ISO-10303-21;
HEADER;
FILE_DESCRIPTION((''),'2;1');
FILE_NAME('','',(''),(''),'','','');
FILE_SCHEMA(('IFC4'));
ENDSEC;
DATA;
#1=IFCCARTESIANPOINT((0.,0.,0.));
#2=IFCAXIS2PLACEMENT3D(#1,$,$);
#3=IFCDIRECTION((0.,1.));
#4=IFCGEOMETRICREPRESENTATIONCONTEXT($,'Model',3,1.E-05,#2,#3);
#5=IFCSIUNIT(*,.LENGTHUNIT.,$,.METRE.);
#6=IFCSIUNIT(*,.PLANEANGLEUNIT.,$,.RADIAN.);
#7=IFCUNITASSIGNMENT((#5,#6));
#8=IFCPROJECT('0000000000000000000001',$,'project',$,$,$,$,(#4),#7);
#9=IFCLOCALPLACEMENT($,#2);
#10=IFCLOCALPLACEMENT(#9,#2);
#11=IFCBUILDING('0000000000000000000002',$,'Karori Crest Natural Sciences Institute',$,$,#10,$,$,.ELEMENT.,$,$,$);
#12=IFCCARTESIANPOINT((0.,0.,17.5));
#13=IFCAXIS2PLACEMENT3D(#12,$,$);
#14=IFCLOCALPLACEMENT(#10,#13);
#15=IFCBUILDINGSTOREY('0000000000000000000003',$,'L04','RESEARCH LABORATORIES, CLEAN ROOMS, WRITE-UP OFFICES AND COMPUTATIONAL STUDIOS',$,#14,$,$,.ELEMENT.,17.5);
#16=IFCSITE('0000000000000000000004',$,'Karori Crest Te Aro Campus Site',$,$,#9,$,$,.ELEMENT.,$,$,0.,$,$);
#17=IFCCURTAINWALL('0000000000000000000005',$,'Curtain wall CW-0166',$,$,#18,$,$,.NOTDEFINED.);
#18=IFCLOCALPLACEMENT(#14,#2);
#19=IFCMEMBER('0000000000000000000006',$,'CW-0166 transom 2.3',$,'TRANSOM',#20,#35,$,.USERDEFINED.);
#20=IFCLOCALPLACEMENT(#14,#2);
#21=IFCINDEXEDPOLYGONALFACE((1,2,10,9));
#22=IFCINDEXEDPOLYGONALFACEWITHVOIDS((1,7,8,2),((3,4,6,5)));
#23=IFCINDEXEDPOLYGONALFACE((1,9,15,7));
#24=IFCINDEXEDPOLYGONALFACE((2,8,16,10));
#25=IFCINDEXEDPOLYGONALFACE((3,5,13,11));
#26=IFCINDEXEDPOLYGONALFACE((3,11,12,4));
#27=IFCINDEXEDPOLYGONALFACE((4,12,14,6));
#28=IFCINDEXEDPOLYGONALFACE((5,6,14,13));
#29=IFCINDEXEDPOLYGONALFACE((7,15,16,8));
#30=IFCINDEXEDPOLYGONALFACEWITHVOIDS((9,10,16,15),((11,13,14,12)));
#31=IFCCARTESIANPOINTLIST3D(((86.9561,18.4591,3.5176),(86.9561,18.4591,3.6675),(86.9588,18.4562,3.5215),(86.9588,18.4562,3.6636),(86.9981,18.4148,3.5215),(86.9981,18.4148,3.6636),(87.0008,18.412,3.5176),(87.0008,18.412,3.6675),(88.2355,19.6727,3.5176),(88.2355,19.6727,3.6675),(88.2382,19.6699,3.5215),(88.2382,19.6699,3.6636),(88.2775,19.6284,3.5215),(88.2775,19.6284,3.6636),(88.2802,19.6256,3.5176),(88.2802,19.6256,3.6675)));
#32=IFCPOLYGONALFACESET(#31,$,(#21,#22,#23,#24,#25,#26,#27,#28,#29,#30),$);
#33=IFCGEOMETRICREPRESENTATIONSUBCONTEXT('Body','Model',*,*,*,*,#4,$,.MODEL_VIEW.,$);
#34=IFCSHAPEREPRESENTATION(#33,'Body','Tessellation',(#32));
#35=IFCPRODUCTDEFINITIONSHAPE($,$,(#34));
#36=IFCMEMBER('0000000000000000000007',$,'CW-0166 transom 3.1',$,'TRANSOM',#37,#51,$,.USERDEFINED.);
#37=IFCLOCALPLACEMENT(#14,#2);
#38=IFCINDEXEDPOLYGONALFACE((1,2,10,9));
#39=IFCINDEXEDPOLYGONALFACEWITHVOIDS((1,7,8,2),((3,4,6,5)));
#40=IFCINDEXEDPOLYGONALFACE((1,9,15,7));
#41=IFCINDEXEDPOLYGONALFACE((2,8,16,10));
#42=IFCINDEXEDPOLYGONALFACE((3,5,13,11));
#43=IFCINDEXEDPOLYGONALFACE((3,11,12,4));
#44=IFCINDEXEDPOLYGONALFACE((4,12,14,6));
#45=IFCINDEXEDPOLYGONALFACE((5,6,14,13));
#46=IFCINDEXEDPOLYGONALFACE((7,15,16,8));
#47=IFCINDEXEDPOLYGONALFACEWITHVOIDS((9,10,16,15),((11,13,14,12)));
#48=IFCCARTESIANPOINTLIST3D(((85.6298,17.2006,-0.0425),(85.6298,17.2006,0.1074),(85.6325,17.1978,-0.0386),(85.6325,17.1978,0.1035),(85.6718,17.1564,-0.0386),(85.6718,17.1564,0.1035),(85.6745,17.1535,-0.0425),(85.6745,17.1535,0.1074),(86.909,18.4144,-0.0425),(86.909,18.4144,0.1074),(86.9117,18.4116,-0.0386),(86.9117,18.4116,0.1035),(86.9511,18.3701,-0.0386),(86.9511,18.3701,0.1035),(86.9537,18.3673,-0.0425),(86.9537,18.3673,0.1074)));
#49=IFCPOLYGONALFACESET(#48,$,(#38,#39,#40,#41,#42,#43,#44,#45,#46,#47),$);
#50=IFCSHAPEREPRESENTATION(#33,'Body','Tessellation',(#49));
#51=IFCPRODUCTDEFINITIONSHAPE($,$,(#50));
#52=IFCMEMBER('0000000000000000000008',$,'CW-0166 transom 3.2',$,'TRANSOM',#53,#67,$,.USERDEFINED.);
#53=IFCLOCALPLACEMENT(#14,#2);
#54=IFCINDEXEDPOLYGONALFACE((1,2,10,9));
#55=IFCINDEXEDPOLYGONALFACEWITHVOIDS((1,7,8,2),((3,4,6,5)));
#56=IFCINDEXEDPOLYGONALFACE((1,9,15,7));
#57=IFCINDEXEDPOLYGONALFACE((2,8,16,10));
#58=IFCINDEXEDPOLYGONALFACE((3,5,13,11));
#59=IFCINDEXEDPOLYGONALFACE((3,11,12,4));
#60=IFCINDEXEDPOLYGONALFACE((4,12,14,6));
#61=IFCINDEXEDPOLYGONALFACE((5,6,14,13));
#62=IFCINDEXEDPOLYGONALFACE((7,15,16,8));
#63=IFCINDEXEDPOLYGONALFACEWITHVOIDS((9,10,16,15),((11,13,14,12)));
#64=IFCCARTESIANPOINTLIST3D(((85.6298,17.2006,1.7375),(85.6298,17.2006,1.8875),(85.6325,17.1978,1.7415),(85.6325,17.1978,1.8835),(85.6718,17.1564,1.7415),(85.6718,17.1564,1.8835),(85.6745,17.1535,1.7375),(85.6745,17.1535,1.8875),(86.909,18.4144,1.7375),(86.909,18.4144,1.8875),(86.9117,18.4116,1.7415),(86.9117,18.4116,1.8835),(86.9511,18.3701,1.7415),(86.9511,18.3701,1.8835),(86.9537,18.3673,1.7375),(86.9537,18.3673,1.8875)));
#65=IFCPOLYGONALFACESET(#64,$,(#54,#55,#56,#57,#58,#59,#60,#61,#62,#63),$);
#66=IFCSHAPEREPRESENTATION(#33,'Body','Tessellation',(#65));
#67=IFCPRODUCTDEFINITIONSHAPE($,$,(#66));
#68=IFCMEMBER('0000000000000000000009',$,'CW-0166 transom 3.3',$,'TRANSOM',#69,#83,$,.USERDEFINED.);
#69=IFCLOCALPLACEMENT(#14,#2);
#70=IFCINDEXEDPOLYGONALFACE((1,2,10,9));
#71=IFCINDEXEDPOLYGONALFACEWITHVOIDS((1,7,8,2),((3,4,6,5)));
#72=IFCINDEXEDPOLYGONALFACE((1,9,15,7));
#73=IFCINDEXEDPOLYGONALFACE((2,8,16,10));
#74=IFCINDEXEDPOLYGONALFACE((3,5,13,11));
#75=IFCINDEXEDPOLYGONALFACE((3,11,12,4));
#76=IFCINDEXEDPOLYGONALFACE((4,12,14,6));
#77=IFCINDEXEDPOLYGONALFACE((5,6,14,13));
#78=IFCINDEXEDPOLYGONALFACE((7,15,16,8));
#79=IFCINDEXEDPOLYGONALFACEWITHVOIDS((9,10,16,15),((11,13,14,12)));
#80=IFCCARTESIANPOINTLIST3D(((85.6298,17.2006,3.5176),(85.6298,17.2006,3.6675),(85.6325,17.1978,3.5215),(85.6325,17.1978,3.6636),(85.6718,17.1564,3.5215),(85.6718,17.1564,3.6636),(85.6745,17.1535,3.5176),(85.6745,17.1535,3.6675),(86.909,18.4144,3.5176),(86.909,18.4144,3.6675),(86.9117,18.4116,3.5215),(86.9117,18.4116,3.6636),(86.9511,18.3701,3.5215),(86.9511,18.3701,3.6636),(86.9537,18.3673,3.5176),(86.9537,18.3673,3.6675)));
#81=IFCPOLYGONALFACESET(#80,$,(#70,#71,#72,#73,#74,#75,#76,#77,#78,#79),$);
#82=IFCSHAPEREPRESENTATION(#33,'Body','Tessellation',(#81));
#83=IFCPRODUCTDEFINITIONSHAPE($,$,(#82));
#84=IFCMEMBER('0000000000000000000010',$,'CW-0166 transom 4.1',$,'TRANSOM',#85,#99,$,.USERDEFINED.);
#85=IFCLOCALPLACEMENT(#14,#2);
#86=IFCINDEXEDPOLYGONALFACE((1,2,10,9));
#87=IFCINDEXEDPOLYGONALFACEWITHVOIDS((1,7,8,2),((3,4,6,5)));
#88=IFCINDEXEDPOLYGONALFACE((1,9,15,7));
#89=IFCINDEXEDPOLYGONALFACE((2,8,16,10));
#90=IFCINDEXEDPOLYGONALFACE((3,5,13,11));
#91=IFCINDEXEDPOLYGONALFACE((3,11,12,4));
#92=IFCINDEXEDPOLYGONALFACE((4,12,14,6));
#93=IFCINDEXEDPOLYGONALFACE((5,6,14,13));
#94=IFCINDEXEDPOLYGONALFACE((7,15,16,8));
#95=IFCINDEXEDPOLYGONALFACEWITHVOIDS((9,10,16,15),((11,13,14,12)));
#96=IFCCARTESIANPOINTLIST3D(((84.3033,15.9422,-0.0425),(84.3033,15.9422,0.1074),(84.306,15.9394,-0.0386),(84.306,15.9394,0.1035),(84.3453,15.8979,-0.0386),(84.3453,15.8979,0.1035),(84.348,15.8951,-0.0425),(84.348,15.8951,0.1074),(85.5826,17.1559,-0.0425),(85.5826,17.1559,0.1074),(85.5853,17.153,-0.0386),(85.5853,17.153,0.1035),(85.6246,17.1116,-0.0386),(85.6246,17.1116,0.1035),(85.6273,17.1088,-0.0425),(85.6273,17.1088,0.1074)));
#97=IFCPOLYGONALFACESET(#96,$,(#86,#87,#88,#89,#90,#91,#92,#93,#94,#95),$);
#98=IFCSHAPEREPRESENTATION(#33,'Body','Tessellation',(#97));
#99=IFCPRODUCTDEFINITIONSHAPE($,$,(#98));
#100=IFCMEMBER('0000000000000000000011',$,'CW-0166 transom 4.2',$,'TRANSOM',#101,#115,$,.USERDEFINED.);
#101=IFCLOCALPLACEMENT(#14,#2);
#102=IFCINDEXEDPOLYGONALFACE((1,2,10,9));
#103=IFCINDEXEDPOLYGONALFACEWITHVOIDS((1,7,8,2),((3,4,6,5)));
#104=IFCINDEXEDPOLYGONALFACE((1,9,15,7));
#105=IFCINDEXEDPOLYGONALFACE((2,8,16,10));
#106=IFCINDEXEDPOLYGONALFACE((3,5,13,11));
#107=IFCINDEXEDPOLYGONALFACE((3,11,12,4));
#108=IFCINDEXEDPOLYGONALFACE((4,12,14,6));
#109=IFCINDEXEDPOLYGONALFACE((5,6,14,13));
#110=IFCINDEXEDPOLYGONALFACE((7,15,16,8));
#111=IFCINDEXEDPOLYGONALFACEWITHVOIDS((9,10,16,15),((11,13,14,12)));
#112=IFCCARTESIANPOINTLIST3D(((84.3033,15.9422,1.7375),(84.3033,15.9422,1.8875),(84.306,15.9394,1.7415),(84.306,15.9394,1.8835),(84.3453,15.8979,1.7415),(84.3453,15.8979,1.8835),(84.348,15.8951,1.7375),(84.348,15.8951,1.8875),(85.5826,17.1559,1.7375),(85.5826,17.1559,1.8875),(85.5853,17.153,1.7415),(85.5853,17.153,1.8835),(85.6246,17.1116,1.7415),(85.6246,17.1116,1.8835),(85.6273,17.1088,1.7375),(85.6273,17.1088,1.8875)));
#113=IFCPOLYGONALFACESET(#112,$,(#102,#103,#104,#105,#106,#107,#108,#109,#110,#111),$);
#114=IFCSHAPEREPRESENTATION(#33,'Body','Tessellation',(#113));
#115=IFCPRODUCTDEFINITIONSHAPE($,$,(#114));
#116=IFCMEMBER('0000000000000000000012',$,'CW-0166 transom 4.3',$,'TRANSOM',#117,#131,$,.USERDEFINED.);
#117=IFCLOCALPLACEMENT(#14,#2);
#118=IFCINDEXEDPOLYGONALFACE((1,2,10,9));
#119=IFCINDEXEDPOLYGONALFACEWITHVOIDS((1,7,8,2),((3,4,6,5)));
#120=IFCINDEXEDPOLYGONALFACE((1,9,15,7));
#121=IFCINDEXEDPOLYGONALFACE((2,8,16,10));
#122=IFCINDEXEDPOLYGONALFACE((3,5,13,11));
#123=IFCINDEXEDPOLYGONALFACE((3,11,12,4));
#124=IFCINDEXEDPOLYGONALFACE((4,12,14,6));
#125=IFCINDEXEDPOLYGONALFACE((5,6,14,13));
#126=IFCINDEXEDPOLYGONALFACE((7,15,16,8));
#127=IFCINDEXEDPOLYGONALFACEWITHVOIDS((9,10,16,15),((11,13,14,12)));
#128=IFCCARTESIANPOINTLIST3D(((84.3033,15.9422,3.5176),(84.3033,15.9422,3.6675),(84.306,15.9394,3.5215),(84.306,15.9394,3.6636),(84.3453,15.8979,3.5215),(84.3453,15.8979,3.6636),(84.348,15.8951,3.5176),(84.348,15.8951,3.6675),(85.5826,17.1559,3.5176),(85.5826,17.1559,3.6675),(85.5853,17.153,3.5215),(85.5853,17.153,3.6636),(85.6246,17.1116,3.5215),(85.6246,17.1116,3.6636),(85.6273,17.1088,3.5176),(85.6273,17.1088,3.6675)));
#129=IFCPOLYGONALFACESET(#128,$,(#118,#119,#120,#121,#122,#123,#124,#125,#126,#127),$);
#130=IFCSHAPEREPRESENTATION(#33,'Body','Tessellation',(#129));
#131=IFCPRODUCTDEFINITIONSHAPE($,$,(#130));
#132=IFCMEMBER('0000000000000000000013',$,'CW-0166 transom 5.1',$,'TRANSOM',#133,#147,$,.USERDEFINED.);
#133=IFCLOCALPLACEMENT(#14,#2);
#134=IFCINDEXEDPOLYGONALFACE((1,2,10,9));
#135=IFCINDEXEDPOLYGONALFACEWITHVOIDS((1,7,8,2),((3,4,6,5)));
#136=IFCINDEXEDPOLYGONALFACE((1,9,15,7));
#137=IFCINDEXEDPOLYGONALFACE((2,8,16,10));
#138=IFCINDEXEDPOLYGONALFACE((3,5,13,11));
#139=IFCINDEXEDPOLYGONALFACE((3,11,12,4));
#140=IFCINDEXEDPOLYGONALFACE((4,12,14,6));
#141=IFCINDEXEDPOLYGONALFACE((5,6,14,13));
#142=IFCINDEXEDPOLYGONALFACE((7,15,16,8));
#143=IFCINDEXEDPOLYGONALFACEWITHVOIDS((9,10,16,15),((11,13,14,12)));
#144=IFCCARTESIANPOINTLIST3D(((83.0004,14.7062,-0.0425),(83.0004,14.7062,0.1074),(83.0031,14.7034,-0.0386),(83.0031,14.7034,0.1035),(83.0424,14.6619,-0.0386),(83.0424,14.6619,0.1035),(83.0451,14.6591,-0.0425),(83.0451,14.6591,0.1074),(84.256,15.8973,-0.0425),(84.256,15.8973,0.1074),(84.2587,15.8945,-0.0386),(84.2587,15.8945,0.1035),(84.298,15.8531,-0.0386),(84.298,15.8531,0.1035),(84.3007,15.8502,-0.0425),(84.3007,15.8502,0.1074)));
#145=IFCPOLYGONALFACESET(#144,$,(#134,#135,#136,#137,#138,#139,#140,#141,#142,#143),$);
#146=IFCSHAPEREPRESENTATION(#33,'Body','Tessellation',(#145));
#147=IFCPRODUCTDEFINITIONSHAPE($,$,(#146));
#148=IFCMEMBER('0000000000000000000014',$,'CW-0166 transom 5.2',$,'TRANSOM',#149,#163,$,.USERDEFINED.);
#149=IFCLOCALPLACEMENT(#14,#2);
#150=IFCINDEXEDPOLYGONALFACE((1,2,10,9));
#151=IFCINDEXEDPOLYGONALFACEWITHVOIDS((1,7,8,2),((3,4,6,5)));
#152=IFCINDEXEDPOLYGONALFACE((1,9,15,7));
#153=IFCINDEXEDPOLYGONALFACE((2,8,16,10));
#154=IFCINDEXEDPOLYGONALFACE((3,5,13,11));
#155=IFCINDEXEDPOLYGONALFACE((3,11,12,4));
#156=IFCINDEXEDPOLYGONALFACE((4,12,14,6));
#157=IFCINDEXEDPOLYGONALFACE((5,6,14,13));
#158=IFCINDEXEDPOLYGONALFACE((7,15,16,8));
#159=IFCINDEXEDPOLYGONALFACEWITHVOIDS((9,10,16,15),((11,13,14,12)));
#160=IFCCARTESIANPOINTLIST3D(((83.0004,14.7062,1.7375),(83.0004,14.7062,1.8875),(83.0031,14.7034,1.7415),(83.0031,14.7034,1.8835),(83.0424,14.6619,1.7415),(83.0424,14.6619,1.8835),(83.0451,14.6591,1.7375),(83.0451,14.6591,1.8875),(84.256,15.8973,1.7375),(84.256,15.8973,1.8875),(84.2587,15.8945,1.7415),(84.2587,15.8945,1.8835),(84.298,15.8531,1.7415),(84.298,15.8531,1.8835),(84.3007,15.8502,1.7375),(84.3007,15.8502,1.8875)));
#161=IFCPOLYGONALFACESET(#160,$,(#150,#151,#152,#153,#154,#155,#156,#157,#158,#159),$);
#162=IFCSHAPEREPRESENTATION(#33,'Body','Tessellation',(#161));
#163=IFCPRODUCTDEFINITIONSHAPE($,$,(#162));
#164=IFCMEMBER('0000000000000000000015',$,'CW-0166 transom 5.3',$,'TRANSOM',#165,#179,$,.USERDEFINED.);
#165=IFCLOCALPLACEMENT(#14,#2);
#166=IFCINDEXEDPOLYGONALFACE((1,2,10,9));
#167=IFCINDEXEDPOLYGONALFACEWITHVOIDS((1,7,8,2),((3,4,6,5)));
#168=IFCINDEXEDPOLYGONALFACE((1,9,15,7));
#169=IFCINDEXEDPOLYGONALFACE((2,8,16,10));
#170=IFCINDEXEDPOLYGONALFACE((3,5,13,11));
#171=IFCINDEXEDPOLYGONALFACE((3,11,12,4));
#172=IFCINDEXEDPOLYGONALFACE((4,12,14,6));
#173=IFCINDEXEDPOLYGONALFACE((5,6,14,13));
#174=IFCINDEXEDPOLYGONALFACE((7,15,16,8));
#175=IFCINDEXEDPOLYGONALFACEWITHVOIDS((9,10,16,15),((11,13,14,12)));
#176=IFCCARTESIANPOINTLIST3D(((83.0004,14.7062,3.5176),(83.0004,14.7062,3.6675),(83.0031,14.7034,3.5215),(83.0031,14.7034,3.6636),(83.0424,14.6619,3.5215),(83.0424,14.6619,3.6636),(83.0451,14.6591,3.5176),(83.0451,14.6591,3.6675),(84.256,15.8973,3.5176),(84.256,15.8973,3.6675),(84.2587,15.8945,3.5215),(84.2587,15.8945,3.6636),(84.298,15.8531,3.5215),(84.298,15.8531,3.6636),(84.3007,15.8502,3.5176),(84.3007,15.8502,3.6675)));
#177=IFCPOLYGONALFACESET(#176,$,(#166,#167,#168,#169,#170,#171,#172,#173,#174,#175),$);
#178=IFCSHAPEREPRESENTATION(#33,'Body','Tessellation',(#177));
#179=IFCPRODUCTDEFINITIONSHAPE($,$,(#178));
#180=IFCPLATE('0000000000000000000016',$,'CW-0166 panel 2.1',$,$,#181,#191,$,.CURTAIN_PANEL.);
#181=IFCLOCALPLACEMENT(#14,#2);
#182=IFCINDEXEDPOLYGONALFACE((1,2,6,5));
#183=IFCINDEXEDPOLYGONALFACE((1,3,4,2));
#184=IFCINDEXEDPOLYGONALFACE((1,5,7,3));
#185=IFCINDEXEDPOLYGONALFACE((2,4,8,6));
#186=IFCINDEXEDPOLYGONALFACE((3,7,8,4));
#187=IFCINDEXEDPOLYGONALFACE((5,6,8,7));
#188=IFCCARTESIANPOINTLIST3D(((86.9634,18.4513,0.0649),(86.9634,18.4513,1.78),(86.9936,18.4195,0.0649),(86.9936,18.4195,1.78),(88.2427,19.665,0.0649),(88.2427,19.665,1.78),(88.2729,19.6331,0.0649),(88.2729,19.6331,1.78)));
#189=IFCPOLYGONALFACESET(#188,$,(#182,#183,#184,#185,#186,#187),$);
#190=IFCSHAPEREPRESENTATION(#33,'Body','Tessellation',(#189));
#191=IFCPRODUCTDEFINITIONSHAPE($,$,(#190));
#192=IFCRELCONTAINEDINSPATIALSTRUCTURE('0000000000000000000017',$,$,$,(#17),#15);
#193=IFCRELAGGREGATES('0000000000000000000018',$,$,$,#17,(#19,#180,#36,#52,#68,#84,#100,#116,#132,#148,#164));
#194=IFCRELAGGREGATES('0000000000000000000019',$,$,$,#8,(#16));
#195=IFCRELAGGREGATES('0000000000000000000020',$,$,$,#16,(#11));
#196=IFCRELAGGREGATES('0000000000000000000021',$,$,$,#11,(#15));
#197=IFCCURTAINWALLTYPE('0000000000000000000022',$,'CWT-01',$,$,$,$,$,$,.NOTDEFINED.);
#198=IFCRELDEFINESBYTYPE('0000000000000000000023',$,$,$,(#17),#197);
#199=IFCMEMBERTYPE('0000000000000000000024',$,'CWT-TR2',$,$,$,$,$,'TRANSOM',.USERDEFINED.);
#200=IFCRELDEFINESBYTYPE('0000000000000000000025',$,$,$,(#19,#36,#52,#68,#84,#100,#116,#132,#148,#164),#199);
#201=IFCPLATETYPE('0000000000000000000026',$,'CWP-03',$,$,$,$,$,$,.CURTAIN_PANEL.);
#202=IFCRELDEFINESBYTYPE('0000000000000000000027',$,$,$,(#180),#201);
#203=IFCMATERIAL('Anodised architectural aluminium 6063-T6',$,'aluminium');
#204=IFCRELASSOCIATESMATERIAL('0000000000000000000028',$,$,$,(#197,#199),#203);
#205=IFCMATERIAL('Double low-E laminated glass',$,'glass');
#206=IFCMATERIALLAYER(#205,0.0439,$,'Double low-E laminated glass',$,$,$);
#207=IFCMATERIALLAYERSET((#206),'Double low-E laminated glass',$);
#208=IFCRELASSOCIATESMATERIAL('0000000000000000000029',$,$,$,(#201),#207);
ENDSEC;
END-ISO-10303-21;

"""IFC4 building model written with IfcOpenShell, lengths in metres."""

from ifc_helpers import new_model, si_unit, direction, frame, origin, origin_2d, place, context, subcontext, project, spatial, rectangle, hollow_rectangle, extrude, material, layer, layer_set, material_profile, profile_set, type_object, element, aggregate, save


model = new_model("IFC4")

# Units and contexts
model_context = context("Model", 3, precision=1e-05, world=origin(), true_north=direction((0.0, 1.0)))
body_context = subcontext(model_context, "Body", "Model", "MODEL_VIEW")
ifc_project = project(units=[si_unit("LENGTHUNIT", "METRE"), si_unit("PLANEANGLEUNIT", "RADIAN")], contexts=[model_context])

# Site, building, storey
site_placement = place(None, origin())
site = spatial("IfcSite", under=ifc_project, at=site_placement, Name="Karori Crest Te Aro Campus Site", CompositionType="ELEMENT", RefElevation=0.0)
building_placement = place(site_placement, origin())
building = spatial("IfcBuilding", under=site, at=building_placement, Name="Karori Crest Natural Sciences Institute", CompositionType="ELEMENT")
storey_placement = place(building_placement, frame((0.0, 0.0, 17.5)))
storey = spatial("IfcBuildingStorey", under=building, at=storey_placement, Name="L04", Description="RESEARCH LABORATORIES, CLEAN ROOMS, WRITE-UP OFFICES AND COMPUTATIONAL STUDIOS", CompositionType="ELEMENT", Elevation=17.5)

# Curtain wall, members, plate
ifc_material_1 = material(Name="Anodised architectural aluminium 6063-T6", Category="aluminium")
curtain_wall_type = type_object("IfcCurtainWallType", Name="CWT-01", PredefinedType="NOTDEFINED", material=ifc_material_1)
curtain_wall_placement = place(storey_placement, origin())
curtain_wall = element("IfcCurtainWall", 1, at=curtain_wall_placement, inside=storey, type_object=curtain_wall_type, Name="Curtain wall CW-0166", PredefinedType="NOTDEFINED")
ifc_material_profile_1 = material_profile(ifc_material_1, hollow_rectangle(XDim=0.0649, YDim=0.1499, WallThickness=0.0039, at=origin_2d()), Name="CWT150x65x4")
ifc_profile_set_1 = profile_set([ifc_material_profile_1], Name="Anodised architectural aluminium 6063-T6")
member_type_1 = type_object("IfcMemberType", Name="CWT-TR2", ElementType="TRANSOM", PredefinedType="USERDEFINED", material=ifc_profile_set_1)
member_1_placement = place(storey_placement, frame((88.2578, 19.6492, 3.5925), z_axis=(-0.725483, -0.68824, 0.0), x_axis=(0.68824, -0.725483, 0.0)))
member_1 = element("IfcMember", 2, at=member_1_placement, type_object=member_type_1, Name="CW-0166 transom 2.3", ObjectType="TRANSOM", PredefinedType="USERDEFINED", context=body_context, shape_type="SweptSolid", body=[
    extrude(hollow_rectangle(XDim=0.0649, YDim=0.1499, WallThickness=0.0039, at=origin_2d()), origin(), (0.0, 0.0, 1.0), 1.7634),
])
member_2_placement = place(storey_placement, frame((86.9314, 18.3909, 0.0325), z_axis=(-0.725414, -0.688313, 0.0), x_axis=(0.688313, -0.725414, 0.0)))
member_2 = element("IfcMember", 3, at=member_2_placement, type_object=member_type_1, Name="CW-0166 transom 3.1", ObjectType="TRANSOM", PredefinedType="USERDEFINED", context=body_context, shape_type="SweptSolid", body=[
    extrude(hollow_rectangle(XDim=0.0649, YDim=0.1499, WallThickness=0.0039, at=origin_2d()), origin(), (0.0, 0.0, 1.0), 1.7634),
])
member_3_placement = place(storey_placement, frame((86.9314, 18.3909, 1.8125), z_axis=(-0.725414, -0.688313, 0.0), x_axis=(0.688313, -0.725414, 0.0)))
member_3 = element("IfcMember", 4, at=member_3_placement, type_object=member_type_1, Name="CW-0166 transom 3.2", ObjectType="TRANSOM", PredefinedType="USERDEFINED", context=body_context, shape_type="SweptSolid", body=[
    extrude(hollow_rectangle(XDim=0.0649, YDim=0.1499, WallThickness=0.0039, at=origin_2d()), origin(), (0.0, 0.0, 1.0), 1.7634),
])
member_4_placement = place(storey_placement, frame((86.9314, 18.3909, 3.5925), z_axis=(-0.725414, -0.688313, 0.0), x_axis=(0.688313, -0.725414, 0.0)))
member_4 = element("IfcMember", 5, at=member_4_placement, type_object=member_type_1, Name="CW-0166 transom 3.3", ObjectType="TRANSOM", PredefinedType="USERDEFINED", context=body_context, shape_type="SweptSolid", body=[
    extrude(hollow_rectangle(XDim=0.0649, YDim=0.1499, WallThickness=0.0039, at=origin_2d()), origin(), (0.0, 0.0, 1.0), 1.7634),
])
member_5_placement = place(storey_placement, frame((85.605, 17.1323, 0.0325), z_axis=(-0.725483, -0.68824, 0.0), x_axis=(0.68824, -0.725483, 0.0)))
member_5 = element("IfcMember", 6, at=member_5_placement, type_object=member_type_1, Name="CW-0166 transom 4.1", ObjectType="TRANSOM", PredefinedType="USERDEFINED", context=body_context, shape_type="SweptSolid", body=[
    extrude(hollow_rectangle(XDim=0.0649, YDim=0.1499, WallThickness=0.0039, at=origin_2d()), origin(), (0.0, 0.0, 1.0), 1.7634),
])
member_6_placement = place(storey_placement, frame((85.605, 17.1323, 1.8125), z_axis=(-0.725483, -0.68824, 0.0), x_axis=(0.68824, -0.725483, 0.0)))
member_6 = element("IfcMember", 7, at=member_6_placement, type_object=member_type_1, Name="CW-0166 transom 4.2", ObjectType="TRANSOM", PredefinedType="USERDEFINED", context=body_context, shape_type="SweptSolid", body=[
    extrude(hollow_rectangle(XDim=0.0649, YDim=0.1499, WallThickness=0.0039, at=origin_2d()), origin(), (0.0, 0.0, 1.0), 1.7634),
])
member_7_placement = place(storey_placement, frame((85.605, 17.1323, 3.5925), z_axis=(-0.725483, -0.68824, 0.0), x_axis=(0.68824, -0.725483, 0.0)))
member_7 = element("IfcMember", 8, at=member_7_placement, type_object=member_type_1, Name="CW-0166 transom 4.3", ObjectType="TRANSOM", PredefinedType="USERDEFINED", context=body_context, shape_type="SweptSolid", body=[
    extrude(hollow_rectangle(XDim=0.0649, YDim=0.1499, WallThickness=0.0039, at=origin_2d()), origin(), (0.0, 0.0, 1.0), 1.7634),
])
member_8_placement = place(storey_placement, frame((84.2783, 15.8738, 0.0325), z_axis=(-0.725482, -0.688241, 0.0), x_axis=(0.688241, -0.725482, 0.0)))
member_8 = element("IfcMember", 9, at=member_8_placement, type_object=member_type_1, Name="CW-0166 transom 5.1", ObjectType="TRANSOM", PredefinedType="USERDEFINED", context=body_context, shape_type="SweptSolid", body=[
    extrude(hollow_rectangle(XDim=0.0649, YDim=0.1499, WallThickness=0.0039, at=origin_2d()), origin(), (0.0, 0.0, 1.0), 1.7307),
])
member_9_placement = place(storey_placement, frame((84.2783, 15.8738, 1.8125), z_axis=(-0.725482, -0.688241, 0.0), x_axis=(0.688241, -0.725482, 0.0)))
member_9 = element("IfcMember", 10, at=member_9_placement, type_object=member_type_1, Name="CW-0166 transom 5.2", ObjectType="TRANSOM", PredefinedType="USERDEFINED", context=body_context, shape_type="SweptSolid", body=[
    extrude(hollow_rectangle(XDim=0.0649, YDim=0.1499, WallThickness=0.0039, at=origin_2d()), origin(), (0.0, 0.0, 1.0), 1.7307),
])
member_10_placement = place(storey_placement, frame((84.2783, 15.8738, 3.5925), z_axis=(-0.725482, -0.688241, 0.0), x_axis=(0.688241, -0.725482, 0.0)))
member_10 = element("IfcMember", 11, at=member_10_placement, type_object=member_type_1, Name="CW-0166 transom 5.3", ObjectType="TRANSOM", PredefinedType="USERDEFINED", context=body_context, shape_type="SweptSolid", body=[
    extrude(hollow_rectangle(XDim=0.0649, YDim=0.1499, WallThickness=0.0039, at=origin_2d()), origin(), (0.0, 0.0, 1.0), 1.7307),
])
ifc_material_2 = material(Name="Double low-E laminated glass", Category="glass")
ifc_layer_1 = layer(ifc_material_2, 0.0439, Name="Double low-E laminated glass")
ifc_layer_set_1 = layer_set([ifc_layer_1], Name="Double low-E laminated glass")
plate_type = type_object("IfcPlateType", Name="CWP-03", PredefinedType="CURTAIN_PANEL", material=ifc_layer_set_1)
plate_1_placement = place(storey_placement, frame((87.6182, 19.0422, 0.0649), z_axis=(0.0, 0.0, 1.0), x_axis=(-0.725473, -0.688251, 0.0)))
plate_1 = element("IfcPlate", 12, at=plate_1_placement, type_object=plate_type, Name="CW-0166 panel 2.1", PredefinedType="CURTAIN_PANEL", context=body_context, shape_type="SweptSolid", body=[
    extrude(rectangle(XDim=1.7634, YDim=0.0439, at=origin_2d()), origin(), (0.0, 0.0, 1.0), 1.7151),
])
aggregate(curtain_wall, [member_1, plate_1, member_2, member_3, member_4, member_5, member_6, member_7, member_8, member_9, member_10])

save(model, "model.ifc")
